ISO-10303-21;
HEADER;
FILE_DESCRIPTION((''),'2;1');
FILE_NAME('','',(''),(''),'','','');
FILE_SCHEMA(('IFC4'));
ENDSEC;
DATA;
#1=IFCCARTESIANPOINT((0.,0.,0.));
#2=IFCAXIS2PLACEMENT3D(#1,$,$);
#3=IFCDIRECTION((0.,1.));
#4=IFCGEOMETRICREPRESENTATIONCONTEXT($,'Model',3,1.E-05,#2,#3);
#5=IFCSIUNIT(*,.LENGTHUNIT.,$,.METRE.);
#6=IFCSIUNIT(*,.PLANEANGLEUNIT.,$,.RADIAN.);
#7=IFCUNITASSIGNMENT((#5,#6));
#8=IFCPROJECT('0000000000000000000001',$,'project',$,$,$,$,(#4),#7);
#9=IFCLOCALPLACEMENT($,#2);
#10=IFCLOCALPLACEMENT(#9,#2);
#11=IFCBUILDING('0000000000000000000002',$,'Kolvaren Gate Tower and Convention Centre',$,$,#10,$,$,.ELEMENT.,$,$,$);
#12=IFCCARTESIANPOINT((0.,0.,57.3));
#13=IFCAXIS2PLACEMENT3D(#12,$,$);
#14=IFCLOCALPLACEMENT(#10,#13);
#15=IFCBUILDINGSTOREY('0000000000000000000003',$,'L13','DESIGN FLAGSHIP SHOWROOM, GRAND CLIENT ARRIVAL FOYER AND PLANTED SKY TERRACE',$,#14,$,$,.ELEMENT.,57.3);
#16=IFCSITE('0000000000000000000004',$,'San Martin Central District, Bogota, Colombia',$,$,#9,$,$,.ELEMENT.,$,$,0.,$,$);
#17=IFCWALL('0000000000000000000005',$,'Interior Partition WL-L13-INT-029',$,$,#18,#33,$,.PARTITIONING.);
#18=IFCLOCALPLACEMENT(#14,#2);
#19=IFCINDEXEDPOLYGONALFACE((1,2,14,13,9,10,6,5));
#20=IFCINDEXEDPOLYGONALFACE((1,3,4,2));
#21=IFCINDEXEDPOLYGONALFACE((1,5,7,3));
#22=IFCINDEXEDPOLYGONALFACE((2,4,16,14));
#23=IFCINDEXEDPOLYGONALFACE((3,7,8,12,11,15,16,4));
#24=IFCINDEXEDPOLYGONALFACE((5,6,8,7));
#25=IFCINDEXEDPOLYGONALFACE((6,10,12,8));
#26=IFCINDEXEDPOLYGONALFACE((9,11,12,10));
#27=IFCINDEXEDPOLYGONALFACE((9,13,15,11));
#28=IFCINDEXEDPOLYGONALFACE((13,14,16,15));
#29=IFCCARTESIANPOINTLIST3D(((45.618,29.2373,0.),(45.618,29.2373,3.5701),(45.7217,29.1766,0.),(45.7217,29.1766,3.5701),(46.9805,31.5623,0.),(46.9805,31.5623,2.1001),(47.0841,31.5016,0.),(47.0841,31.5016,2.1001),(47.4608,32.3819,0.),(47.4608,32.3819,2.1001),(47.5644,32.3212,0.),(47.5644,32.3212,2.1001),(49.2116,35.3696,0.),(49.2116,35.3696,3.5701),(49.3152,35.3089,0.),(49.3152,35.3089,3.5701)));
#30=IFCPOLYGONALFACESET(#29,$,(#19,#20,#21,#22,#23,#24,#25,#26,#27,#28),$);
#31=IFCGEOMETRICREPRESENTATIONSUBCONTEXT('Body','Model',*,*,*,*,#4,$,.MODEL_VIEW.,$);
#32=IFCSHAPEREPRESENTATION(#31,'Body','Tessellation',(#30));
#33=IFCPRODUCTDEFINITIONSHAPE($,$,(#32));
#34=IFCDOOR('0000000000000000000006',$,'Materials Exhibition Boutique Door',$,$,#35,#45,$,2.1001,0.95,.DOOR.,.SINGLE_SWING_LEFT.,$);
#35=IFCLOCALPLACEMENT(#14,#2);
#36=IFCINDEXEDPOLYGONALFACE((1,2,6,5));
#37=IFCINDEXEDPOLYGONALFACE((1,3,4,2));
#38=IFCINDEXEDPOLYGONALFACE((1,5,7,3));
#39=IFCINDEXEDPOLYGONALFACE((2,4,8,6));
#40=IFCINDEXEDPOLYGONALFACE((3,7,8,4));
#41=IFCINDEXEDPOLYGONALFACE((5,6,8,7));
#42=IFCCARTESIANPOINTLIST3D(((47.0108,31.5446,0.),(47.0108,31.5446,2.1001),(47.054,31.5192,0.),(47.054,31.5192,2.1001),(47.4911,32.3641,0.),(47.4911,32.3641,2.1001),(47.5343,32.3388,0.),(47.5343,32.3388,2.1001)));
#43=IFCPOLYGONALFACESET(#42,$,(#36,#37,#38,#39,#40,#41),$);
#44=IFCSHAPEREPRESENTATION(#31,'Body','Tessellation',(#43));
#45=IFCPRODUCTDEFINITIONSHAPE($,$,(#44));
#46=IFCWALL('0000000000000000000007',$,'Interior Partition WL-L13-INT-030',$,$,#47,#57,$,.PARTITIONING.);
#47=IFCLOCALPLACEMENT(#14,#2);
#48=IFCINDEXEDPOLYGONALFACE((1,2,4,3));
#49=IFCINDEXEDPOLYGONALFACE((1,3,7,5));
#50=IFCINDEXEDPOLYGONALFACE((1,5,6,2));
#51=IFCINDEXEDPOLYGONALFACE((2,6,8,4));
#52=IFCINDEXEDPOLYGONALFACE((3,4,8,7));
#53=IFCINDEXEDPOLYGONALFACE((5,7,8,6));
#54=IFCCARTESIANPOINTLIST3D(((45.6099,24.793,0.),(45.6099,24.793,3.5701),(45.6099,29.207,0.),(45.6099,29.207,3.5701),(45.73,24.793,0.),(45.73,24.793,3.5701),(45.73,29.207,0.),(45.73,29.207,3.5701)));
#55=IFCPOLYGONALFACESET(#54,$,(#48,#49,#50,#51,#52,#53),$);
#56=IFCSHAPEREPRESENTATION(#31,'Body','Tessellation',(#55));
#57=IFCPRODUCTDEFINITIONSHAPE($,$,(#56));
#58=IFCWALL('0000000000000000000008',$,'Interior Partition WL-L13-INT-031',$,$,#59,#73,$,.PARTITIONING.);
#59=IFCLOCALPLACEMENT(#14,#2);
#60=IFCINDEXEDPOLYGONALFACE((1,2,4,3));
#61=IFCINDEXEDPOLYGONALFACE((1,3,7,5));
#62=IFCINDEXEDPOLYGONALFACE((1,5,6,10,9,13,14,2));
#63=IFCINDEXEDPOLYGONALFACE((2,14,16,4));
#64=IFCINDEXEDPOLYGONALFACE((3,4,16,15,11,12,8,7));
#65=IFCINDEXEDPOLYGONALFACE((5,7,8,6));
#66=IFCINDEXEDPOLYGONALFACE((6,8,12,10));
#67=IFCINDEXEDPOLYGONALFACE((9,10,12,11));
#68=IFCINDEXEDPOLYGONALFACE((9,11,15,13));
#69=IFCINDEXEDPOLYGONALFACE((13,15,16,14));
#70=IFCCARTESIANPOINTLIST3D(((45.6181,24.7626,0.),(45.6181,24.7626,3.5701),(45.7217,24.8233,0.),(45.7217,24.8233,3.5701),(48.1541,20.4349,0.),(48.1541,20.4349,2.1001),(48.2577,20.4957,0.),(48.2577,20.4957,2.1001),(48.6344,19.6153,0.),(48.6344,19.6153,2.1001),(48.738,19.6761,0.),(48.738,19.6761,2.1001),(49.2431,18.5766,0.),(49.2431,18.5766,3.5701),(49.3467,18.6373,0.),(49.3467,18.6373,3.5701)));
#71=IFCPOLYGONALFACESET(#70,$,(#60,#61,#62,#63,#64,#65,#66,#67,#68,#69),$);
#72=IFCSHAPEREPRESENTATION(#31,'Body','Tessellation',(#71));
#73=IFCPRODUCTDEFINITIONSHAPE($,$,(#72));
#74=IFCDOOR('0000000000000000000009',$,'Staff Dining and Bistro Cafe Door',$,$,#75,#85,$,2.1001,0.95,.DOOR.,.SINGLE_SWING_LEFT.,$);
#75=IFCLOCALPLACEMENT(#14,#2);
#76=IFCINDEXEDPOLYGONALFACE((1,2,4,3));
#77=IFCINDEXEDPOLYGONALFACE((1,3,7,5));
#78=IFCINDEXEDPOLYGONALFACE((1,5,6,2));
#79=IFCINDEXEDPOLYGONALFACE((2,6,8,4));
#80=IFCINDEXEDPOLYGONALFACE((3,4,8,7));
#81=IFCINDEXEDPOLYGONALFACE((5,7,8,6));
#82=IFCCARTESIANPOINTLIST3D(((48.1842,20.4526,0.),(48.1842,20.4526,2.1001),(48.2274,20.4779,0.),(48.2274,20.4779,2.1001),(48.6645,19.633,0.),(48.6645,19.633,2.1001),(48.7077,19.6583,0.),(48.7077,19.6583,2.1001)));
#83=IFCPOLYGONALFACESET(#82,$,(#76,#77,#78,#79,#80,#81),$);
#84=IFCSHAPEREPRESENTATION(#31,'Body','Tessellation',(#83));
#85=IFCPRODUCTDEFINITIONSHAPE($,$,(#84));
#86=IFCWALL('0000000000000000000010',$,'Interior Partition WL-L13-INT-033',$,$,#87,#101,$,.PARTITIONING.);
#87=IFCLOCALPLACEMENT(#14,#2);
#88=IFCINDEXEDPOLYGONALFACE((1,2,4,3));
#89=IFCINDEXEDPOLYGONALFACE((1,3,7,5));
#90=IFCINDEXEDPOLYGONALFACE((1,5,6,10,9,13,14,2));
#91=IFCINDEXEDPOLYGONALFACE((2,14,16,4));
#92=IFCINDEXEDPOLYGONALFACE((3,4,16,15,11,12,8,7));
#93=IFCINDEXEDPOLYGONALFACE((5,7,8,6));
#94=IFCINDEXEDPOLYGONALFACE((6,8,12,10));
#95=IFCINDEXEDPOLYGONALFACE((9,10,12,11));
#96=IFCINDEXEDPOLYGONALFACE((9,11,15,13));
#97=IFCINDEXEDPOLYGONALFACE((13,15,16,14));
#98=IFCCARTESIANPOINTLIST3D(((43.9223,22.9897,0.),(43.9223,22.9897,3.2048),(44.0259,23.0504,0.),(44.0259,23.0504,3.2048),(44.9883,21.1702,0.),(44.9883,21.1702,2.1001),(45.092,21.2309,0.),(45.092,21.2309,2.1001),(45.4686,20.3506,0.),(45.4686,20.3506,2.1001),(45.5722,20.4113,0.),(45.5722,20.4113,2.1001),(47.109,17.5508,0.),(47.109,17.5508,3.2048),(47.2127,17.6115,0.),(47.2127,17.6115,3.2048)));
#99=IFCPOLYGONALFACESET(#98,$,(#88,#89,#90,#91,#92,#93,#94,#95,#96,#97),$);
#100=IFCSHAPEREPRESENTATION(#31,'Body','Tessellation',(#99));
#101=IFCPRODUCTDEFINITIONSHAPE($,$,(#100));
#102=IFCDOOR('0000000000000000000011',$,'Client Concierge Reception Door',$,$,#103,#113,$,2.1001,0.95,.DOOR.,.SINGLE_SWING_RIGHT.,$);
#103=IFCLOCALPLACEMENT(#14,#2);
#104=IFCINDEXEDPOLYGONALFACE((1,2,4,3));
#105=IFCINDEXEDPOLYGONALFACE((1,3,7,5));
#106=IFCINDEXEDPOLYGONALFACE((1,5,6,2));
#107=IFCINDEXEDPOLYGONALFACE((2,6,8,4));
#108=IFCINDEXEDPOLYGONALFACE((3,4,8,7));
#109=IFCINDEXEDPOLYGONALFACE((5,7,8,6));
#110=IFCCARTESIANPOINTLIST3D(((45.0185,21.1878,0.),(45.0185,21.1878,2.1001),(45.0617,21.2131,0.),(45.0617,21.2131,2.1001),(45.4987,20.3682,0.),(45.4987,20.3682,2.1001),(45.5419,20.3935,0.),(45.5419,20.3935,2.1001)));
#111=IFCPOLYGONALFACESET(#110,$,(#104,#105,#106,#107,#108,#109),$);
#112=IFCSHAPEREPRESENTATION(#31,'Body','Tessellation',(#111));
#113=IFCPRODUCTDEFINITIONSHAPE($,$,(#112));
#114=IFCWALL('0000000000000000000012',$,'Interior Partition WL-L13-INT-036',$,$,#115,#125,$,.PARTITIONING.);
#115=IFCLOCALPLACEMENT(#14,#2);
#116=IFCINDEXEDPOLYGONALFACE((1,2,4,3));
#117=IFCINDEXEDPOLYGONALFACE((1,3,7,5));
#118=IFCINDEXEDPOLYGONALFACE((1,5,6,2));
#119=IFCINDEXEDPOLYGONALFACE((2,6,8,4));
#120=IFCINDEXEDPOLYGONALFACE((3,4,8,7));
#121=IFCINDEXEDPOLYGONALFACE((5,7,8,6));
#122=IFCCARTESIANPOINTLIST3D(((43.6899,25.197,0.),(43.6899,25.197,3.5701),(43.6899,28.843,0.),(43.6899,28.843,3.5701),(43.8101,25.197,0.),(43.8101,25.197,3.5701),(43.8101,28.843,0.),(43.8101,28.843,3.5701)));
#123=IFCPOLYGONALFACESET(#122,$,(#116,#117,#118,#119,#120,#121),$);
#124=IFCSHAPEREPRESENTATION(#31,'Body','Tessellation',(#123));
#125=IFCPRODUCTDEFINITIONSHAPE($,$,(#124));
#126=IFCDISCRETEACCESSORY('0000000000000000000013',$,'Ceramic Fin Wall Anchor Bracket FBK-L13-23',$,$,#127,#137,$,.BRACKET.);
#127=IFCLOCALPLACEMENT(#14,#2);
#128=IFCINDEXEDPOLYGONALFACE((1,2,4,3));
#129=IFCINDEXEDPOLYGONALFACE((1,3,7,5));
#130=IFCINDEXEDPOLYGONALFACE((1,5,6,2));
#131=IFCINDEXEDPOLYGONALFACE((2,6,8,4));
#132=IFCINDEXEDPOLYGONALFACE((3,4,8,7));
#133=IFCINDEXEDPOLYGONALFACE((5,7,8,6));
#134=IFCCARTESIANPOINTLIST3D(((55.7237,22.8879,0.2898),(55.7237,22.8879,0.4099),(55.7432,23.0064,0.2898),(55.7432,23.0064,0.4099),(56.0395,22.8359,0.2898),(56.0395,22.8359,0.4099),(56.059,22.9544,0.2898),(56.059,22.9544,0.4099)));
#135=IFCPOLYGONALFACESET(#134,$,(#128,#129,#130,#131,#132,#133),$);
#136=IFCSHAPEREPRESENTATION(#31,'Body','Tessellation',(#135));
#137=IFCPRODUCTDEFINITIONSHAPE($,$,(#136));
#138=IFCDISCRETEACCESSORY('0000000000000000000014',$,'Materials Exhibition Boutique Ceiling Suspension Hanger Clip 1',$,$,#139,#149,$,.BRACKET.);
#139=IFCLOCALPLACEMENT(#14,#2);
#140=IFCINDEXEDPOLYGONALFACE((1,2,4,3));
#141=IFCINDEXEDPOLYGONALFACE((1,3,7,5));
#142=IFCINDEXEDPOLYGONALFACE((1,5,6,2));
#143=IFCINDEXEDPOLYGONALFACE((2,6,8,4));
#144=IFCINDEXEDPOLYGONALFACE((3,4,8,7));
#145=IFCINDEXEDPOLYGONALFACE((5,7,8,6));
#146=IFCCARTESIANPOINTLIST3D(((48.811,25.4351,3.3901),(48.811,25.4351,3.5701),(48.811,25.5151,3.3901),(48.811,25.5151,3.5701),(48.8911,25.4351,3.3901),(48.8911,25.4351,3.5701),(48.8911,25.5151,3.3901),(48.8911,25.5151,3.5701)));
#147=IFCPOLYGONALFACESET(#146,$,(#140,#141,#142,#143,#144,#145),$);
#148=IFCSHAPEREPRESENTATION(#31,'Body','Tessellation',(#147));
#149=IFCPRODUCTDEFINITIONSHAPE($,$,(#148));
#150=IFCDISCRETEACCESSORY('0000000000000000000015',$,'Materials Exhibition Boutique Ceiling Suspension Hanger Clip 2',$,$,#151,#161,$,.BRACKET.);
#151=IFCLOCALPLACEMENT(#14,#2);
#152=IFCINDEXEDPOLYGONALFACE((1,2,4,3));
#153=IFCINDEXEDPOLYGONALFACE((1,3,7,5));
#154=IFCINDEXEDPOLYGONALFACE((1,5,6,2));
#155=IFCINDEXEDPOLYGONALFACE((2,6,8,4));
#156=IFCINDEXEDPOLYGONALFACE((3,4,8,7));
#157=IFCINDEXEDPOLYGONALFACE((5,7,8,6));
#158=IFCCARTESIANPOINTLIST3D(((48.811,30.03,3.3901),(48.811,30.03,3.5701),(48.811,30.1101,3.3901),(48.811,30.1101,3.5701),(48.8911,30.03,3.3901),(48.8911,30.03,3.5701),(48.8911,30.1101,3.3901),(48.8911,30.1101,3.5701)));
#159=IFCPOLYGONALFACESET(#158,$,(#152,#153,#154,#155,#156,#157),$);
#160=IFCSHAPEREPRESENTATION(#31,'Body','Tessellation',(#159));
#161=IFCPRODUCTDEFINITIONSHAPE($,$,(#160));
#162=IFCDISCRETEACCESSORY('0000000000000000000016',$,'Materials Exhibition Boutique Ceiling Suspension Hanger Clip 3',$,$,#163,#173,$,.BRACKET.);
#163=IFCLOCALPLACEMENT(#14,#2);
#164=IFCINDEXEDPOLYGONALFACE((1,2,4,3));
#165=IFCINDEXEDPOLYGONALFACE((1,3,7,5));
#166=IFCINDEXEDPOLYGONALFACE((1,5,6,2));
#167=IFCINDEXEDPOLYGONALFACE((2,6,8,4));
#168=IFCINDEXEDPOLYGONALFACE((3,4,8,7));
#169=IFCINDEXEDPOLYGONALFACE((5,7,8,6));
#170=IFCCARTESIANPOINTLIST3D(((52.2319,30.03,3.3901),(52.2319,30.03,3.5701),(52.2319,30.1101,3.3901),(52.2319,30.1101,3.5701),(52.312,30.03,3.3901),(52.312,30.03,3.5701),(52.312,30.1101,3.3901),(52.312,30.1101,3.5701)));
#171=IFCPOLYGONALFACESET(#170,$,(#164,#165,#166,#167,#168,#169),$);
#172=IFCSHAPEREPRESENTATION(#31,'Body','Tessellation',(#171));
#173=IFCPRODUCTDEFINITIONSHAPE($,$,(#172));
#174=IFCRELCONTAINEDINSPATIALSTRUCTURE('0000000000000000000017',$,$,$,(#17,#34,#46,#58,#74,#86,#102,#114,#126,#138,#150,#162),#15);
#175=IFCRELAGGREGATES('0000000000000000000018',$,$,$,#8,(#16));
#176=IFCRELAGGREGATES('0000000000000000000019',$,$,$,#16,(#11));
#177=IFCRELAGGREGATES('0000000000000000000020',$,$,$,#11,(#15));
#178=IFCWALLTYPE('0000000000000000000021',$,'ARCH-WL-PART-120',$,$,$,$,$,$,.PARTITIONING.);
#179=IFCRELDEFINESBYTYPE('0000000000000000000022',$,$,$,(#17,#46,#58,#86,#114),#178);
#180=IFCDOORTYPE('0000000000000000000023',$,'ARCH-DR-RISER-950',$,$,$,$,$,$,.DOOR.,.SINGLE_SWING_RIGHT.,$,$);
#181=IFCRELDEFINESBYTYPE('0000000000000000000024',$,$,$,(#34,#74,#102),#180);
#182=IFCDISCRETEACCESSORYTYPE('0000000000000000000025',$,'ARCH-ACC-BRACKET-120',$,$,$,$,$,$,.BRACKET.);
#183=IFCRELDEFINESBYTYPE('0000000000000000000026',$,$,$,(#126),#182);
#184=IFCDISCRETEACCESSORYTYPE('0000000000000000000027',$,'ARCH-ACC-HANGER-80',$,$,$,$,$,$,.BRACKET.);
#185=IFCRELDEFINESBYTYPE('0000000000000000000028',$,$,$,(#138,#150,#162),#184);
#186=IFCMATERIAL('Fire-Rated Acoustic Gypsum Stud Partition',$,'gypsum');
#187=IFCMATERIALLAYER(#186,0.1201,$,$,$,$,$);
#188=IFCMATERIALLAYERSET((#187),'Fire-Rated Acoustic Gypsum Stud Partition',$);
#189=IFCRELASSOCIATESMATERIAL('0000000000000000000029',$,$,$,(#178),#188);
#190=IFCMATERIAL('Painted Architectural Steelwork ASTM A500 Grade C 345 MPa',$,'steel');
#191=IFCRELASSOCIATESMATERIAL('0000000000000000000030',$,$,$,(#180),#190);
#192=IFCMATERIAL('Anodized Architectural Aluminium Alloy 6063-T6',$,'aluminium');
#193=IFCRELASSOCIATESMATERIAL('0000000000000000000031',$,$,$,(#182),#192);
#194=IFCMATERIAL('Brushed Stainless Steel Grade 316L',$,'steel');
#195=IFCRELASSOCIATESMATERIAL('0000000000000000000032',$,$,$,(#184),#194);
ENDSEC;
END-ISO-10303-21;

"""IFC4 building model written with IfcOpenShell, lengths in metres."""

from ifc_helpers import new_model, si_unit, direction, frame, frame_2d, origin, origin_2d, place, context, subcontext, project, spatial, rectangle, extrude, material, layer, layer_set, type_object, element, fill, save


model = new_model("IFC4")

# Units and contexts
model_context = context("Model", 3, precision=1e-05, world=origin(), true_north=direction((0.0, 1.0)))
body_context = subcontext(model_context, "Body", "Model", "MODEL_VIEW")
ifc_project = project(units=[si_unit("LENGTHUNIT", "METRE"), si_unit("PLANEANGLEUNIT", "RADIAN")], contexts=[model_context])

# Site, building, storey
site_placement = place(None, origin())
site = spatial("IfcSite", under=ifc_project, at=site_placement, Name="San Martin Central District, Bogota, Colombia", CompositionType="ELEMENT", RefElevation=0.0)
building_placement = place(site_placement, origin())
building = spatial("IfcBuilding", under=site, at=building_placement, Name="Kolvaren Gate Tower and Convention Centre", CompositionType="ELEMENT")
storey_placement = place(building_placement, frame((0.0, 0.0, 57.3)))
storey = spatial("IfcBuildingStorey", under=building, at=storey_placement, Name="L13", Description="DESIGN FLAGSHIP SHOWROOM, GRAND CLIENT ARRIVAL FOYER AND PLANTED SKY TERRACE", CompositionType="ELEMENT", Elevation=57.3)

# Shared definitions
ifc_material_1 = material(Name="Fire-Rated Acoustic Gypsum Stud Partition", Category="gypsum")
ifc_layer = layer(ifc_material_1, 0.1201)
ifc_layer_set = layer_set([ifc_layer], Name="Fire-Rated Acoustic Gypsum Stud Partition")
wall_type = type_object("IfcWallType", Name="ARCH-WL-PART-120", PredefinedType="PARTITIONING", material=ifc_layer_set)

# Wall, opening, door
wall_1_placement = place(storey_placement, frame((45.6699, 29.207, 0.0), z_axis=(0.0, 0.0, 1.0), x_axis=(0.505583, 0.862778, 0.0)))
wall_1 = element("IfcWall", 1, at=wall_1_placement, inside=storey, type_object=wall_type, Name="Interior Partition WL-L13-INT-029", PredefinedType="PARTITIONING", context=body_context, shape_type="SweptSolid", body=[
    extrude(rectangle(XDim=7.1077, YDim=0.1201, at=frame_2d((3.5537, 0.0))), origin(), (0.0, 0.0, 1.0), 3.5701),
])
opening_1_placement = place(wall_1_placement, frame((2.6946, 0.0, 0.0)))
opening_1 = element("IfcOpeningElement", 2, at=opening_1_placement, cuts=wall_1, PredefinedType="OPENING", context=body_context, shape_type="SweptSolid", body=[
    extrude(rectangle(XDim=0.95, YDim=2.1001, at=frame_2d((0.4751, 1.05))), frame((0.0, 0.0701, 0.0), z_axis=(0.0, -1.0, 0.0), x_axis=(1.0, 0.0, 0.0)), (0.0, 0.0, 1.0), 0.1401),
])
ifc_material_2 = material(Name="Painted Architectural Steelwork ASTM A500 Grade C 345 MPa", Category="steel")
door_type = type_object("IfcDoorType", Name="ARCH-DR-RISER-950", OperationType="SINGLE_SWING_RIGHT", PredefinedType="DOOR", material=ifc_material_2)
door_1_placement = place(opening_1_placement, origin())
door_1 = element("IfcDoor", 3, at=door_1_placement, inside=storey, type_object=door_type, Name="Materials Exhibition Boutique Door", OperationType="SINGLE_SWING_LEFT", OverallHeight=2.1001, OverallWidth=0.95, PredefinedType="DOOR", context=body_context, shape_type="SweptSolid", body=[
    extrude(rectangle(XDim=0.95, YDim=2.1001, at=frame_2d((0.4751, 1.05))), frame((0.0, 0.0249, 0.0), z_axis=(0.0, -1.0, 0.0), x_axis=(1.0, 0.0, 0.0)), (0.0, 0.0, 1.0), 0.05),
])
fill(opening_1, door_1)

# Wall
wall_2_placement = place(storey_placement, frame((45.6699, 24.793, 0.0), z_axis=(0.0, 0.0, 1.0), x_axis=(0.0, 1.0, 0.0)))
element("IfcWall", 4, at=wall_2_placement, inside=storey, type_object=wall_type, Name="Interior Partition WL-L13-INT-030", PredefinedType="PARTITIONING", context=body_context, shape_type="SweptSolid", body=[
    extrude(rectangle(XDim=4.4141, YDim=0.1201, at=frame_2d((2.207, 0.0))), origin(), (0.0, 0.0, 1.0), 3.5701),
])

# Walls, openings, doors
wall_3_placement = place(storey_placement, frame((45.6699, 24.793, 0.0), z_axis=(0.0, 0.0, 1.0), x_axis=(0.505585, -0.862777, 0.0)))
wall_3 = element("IfcWall", 5, at=wall_3_placement, inside=storey, type_object=wall_type, Name="Interior Partition WL-L13-INT-031", PredefinedType="PARTITIONING", context=body_context, shape_type="SweptSolid", body=[
    extrude(rectangle(XDim=7.1699, YDim=0.1201, at=frame_2d((3.585, 0.0))), origin(), (0.0, 0.0, 1.0), 3.5701),
])
opening_2_placement = place(wall_3_placement, frame((5.0159, 0.0, 0.0)))
opening_2 = element("IfcOpeningElement", 6, at=opening_2_placement, cuts=wall_3, PredefinedType="OPENING", context=body_context, shape_type="SweptSolid", body=[
    extrude(rectangle(XDim=0.95, YDim=2.1001, at=frame_2d((0.4751, 1.05))), frame((0.0, 0.0701, 0.0), z_axis=(0.0, -1.0, 0.0), x_axis=(1.0, 0.0, 0.0)), (0.0, 0.0, 1.0), 0.1401),
])
door_2_placement = place(opening_2_placement, origin())
door_2 = element("IfcDoor", 7, at=door_2_placement, inside=storey, type_object=door_type, Name="Staff Dining and Bistro Cafe Door", OperationType="SINGLE_SWING_LEFT", OverallHeight=2.1001, OverallWidth=0.95, PredefinedType="DOOR", context=body_context, shape_type="SweptSolid", body=[
    extrude(rectangle(XDim=0.95, YDim=2.1001, at=frame_2d((0.4751, 1.05))), frame((0.0, 0.0249, 0.0), z_axis=(0.0, -1.0, 0.0), x_axis=(1.0, 0.0, 0.0)), (0.0, 0.0, 1.0), 0.05),
])
fill(opening_2, door_2)
wall_4_placement = place(storey_placement, frame((43.9741, 23.02, 0.0), z_axis=(0.0, 0.0, 1.0), x_axis=(0.505532, -0.862808, 0.0)))
wall_4 = element("IfcWall", 8, at=wall_4_placement, inside=storey, type_object=wall_type, Name="Interior Partition WL-L13-INT-033", PredefinedType="PARTITIONING", context=body_context, shape_type="SweptSolid", body=[
    extrude(rectangle(XDim=6.3037, YDim=0.1201, at=frame_2d((3.1519, 0.0))), origin(), (0.0, 0.0, 1.0), 3.2048),
])
opening_3_placement = place(wall_4_placement, frame((2.1086, 0.0, 0.0)))
opening_3 = element("IfcOpeningElement", 9, at=opening_3_placement, cuts=wall_4, PredefinedType="OPENING", context=body_context, shape_type="SweptSolid", body=[
    extrude(rectangle(XDim=0.95, YDim=2.1001, at=frame_2d((0.4751, 1.05))), frame((0.0, 0.0701, 0.0), z_axis=(0.0, -1.0, 0.0), x_axis=(1.0, 0.0, 0.0)), (0.0, 0.0, 1.0), 0.1401),
])
door_3_placement = place(opening_3_placement, origin())
door_3 = element("IfcDoor", 10, at=door_3_placement, inside=storey, type_object=door_type, Name="Client Concierge Reception Door", OperationType="SINGLE_SWING_RIGHT", OverallHeight=2.1001, OverallWidth=0.95, PredefinedType="DOOR", context=body_context, shape_type="SweptSolid", body=[
    extrude(rectangle(XDim=0.95, YDim=2.1001, at=frame_2d((0.4751, 1.05))), frame((0.0, 0.0249, 0.0), z_axis=(0.0, -1.0, 0.0), x_axis=(1.0, 0.0, 0.0)), (0.0, 0.0, 1.0), 0.05),
])
fill(opening_3, door_3)

# Wall
wall_5_placement = place(storey_placement, frame((43.75, 25.197, 0.0), z_axis=(0.0, 0.0, 1.0), x_axis=(0.0, 1.0, 0.0)))
element("IfcWall", 11, at=wall_5_placement, inside=storey, type_object=wall_type, Name="Interior Partition WL-L13-INT-036", PredefinedType="PARTITIONING", context=body_context, shape_type="SweptSolid", body=[
    extrude(rectangle(XDim=3.646, YDim=0.1201, at=frame_2d((1.823, 0.0))), origin(), (0.0, 0.0, 1.0), 3.5701),
])

# Discrete accessories
ifc_material_3 = material(Name="Anodized Architectural Aluminium Alloy 6063-T6", Category="aluminium")
discrete_accessory_type_1 = type_object("IfcDiscreteAccessoryType", Name="ARCH-ACC-BRACKET-120", PredefinedType="BRACKET", material=ifc_material_3)
discrete_accessory_placement = place(storey_placement, frame((55.8914, 22.9211, 0.2898), z_axis=(0.0, 0.0, 1.0), x_axis=(0.162375, 0.986729, 0.0)))
element("IfcDiscreteAccessory", 12, at=discrete_accessory_placement, inside=storey, type_object=discrete_accessory_type_1, Name="Ceramic Fin Wall Anchor Bracket FBK-L13-23", PredefinedType="BRACKET", context=body_context, shape_type="SweptSolid", body=[
    extrude(rectangle(XDim=0.1201, YDim=0.3201, at=origin_2d()), origin(), (0.0, 0.0, 1.0), 0.1201),
])
ifc_material_4 = material(Name="Brushed Stainless Steel Grade 316L", Category="steel")
discrete_accessory_type_2 = type_object("IfcDiscreteAccessoryType", Name="ARCH-ACC-HANGER-80", PredefinedType="BRACKET", material=ifc_material_4)
for number, where, z_axis, x_axis, name in (
    (13, (48.8511, 25.4751, 3.3901), (0.0, 0.0, 1.0), (1.0, 0.0, 0.0), "Materials Exhibition Boutique Ceiling Suspension Hanger Clip 1"),
    (14, (48.8511, 30.0701, 3.3901), (0.0, 0.0, 1.0), (1.0, 0.0, 0.0), "Materials Exhibition Boutique Ceiling Suspension Hanger Clip 2"),
    (15, (52.272, 30.0701, 3.3901), (0.0, 0.0, 1.0), (1.0, 0.0, 0.0), "Materials Exhibition Boutique Ceiling Suspension Hanger Clip 3"),
):
    element("IfcDiscreteAccessory", number, at=place(storey_placement, frame(where, z_axis=z_axis, x_axis=x_axis)), inside=storey, type_object=discrete_accessory_type_2, Name=name, PredefinedType="BRACKET", context=body_context, shape_type="SweptSolid", body=[
        extrude(rectangle(XDim=0.0801, YDim=0.0801, at=origin_2d()), origin(), (0.0, 0.0, 1.0), 0.1799),
    ])

save(model, "model.ifc")
